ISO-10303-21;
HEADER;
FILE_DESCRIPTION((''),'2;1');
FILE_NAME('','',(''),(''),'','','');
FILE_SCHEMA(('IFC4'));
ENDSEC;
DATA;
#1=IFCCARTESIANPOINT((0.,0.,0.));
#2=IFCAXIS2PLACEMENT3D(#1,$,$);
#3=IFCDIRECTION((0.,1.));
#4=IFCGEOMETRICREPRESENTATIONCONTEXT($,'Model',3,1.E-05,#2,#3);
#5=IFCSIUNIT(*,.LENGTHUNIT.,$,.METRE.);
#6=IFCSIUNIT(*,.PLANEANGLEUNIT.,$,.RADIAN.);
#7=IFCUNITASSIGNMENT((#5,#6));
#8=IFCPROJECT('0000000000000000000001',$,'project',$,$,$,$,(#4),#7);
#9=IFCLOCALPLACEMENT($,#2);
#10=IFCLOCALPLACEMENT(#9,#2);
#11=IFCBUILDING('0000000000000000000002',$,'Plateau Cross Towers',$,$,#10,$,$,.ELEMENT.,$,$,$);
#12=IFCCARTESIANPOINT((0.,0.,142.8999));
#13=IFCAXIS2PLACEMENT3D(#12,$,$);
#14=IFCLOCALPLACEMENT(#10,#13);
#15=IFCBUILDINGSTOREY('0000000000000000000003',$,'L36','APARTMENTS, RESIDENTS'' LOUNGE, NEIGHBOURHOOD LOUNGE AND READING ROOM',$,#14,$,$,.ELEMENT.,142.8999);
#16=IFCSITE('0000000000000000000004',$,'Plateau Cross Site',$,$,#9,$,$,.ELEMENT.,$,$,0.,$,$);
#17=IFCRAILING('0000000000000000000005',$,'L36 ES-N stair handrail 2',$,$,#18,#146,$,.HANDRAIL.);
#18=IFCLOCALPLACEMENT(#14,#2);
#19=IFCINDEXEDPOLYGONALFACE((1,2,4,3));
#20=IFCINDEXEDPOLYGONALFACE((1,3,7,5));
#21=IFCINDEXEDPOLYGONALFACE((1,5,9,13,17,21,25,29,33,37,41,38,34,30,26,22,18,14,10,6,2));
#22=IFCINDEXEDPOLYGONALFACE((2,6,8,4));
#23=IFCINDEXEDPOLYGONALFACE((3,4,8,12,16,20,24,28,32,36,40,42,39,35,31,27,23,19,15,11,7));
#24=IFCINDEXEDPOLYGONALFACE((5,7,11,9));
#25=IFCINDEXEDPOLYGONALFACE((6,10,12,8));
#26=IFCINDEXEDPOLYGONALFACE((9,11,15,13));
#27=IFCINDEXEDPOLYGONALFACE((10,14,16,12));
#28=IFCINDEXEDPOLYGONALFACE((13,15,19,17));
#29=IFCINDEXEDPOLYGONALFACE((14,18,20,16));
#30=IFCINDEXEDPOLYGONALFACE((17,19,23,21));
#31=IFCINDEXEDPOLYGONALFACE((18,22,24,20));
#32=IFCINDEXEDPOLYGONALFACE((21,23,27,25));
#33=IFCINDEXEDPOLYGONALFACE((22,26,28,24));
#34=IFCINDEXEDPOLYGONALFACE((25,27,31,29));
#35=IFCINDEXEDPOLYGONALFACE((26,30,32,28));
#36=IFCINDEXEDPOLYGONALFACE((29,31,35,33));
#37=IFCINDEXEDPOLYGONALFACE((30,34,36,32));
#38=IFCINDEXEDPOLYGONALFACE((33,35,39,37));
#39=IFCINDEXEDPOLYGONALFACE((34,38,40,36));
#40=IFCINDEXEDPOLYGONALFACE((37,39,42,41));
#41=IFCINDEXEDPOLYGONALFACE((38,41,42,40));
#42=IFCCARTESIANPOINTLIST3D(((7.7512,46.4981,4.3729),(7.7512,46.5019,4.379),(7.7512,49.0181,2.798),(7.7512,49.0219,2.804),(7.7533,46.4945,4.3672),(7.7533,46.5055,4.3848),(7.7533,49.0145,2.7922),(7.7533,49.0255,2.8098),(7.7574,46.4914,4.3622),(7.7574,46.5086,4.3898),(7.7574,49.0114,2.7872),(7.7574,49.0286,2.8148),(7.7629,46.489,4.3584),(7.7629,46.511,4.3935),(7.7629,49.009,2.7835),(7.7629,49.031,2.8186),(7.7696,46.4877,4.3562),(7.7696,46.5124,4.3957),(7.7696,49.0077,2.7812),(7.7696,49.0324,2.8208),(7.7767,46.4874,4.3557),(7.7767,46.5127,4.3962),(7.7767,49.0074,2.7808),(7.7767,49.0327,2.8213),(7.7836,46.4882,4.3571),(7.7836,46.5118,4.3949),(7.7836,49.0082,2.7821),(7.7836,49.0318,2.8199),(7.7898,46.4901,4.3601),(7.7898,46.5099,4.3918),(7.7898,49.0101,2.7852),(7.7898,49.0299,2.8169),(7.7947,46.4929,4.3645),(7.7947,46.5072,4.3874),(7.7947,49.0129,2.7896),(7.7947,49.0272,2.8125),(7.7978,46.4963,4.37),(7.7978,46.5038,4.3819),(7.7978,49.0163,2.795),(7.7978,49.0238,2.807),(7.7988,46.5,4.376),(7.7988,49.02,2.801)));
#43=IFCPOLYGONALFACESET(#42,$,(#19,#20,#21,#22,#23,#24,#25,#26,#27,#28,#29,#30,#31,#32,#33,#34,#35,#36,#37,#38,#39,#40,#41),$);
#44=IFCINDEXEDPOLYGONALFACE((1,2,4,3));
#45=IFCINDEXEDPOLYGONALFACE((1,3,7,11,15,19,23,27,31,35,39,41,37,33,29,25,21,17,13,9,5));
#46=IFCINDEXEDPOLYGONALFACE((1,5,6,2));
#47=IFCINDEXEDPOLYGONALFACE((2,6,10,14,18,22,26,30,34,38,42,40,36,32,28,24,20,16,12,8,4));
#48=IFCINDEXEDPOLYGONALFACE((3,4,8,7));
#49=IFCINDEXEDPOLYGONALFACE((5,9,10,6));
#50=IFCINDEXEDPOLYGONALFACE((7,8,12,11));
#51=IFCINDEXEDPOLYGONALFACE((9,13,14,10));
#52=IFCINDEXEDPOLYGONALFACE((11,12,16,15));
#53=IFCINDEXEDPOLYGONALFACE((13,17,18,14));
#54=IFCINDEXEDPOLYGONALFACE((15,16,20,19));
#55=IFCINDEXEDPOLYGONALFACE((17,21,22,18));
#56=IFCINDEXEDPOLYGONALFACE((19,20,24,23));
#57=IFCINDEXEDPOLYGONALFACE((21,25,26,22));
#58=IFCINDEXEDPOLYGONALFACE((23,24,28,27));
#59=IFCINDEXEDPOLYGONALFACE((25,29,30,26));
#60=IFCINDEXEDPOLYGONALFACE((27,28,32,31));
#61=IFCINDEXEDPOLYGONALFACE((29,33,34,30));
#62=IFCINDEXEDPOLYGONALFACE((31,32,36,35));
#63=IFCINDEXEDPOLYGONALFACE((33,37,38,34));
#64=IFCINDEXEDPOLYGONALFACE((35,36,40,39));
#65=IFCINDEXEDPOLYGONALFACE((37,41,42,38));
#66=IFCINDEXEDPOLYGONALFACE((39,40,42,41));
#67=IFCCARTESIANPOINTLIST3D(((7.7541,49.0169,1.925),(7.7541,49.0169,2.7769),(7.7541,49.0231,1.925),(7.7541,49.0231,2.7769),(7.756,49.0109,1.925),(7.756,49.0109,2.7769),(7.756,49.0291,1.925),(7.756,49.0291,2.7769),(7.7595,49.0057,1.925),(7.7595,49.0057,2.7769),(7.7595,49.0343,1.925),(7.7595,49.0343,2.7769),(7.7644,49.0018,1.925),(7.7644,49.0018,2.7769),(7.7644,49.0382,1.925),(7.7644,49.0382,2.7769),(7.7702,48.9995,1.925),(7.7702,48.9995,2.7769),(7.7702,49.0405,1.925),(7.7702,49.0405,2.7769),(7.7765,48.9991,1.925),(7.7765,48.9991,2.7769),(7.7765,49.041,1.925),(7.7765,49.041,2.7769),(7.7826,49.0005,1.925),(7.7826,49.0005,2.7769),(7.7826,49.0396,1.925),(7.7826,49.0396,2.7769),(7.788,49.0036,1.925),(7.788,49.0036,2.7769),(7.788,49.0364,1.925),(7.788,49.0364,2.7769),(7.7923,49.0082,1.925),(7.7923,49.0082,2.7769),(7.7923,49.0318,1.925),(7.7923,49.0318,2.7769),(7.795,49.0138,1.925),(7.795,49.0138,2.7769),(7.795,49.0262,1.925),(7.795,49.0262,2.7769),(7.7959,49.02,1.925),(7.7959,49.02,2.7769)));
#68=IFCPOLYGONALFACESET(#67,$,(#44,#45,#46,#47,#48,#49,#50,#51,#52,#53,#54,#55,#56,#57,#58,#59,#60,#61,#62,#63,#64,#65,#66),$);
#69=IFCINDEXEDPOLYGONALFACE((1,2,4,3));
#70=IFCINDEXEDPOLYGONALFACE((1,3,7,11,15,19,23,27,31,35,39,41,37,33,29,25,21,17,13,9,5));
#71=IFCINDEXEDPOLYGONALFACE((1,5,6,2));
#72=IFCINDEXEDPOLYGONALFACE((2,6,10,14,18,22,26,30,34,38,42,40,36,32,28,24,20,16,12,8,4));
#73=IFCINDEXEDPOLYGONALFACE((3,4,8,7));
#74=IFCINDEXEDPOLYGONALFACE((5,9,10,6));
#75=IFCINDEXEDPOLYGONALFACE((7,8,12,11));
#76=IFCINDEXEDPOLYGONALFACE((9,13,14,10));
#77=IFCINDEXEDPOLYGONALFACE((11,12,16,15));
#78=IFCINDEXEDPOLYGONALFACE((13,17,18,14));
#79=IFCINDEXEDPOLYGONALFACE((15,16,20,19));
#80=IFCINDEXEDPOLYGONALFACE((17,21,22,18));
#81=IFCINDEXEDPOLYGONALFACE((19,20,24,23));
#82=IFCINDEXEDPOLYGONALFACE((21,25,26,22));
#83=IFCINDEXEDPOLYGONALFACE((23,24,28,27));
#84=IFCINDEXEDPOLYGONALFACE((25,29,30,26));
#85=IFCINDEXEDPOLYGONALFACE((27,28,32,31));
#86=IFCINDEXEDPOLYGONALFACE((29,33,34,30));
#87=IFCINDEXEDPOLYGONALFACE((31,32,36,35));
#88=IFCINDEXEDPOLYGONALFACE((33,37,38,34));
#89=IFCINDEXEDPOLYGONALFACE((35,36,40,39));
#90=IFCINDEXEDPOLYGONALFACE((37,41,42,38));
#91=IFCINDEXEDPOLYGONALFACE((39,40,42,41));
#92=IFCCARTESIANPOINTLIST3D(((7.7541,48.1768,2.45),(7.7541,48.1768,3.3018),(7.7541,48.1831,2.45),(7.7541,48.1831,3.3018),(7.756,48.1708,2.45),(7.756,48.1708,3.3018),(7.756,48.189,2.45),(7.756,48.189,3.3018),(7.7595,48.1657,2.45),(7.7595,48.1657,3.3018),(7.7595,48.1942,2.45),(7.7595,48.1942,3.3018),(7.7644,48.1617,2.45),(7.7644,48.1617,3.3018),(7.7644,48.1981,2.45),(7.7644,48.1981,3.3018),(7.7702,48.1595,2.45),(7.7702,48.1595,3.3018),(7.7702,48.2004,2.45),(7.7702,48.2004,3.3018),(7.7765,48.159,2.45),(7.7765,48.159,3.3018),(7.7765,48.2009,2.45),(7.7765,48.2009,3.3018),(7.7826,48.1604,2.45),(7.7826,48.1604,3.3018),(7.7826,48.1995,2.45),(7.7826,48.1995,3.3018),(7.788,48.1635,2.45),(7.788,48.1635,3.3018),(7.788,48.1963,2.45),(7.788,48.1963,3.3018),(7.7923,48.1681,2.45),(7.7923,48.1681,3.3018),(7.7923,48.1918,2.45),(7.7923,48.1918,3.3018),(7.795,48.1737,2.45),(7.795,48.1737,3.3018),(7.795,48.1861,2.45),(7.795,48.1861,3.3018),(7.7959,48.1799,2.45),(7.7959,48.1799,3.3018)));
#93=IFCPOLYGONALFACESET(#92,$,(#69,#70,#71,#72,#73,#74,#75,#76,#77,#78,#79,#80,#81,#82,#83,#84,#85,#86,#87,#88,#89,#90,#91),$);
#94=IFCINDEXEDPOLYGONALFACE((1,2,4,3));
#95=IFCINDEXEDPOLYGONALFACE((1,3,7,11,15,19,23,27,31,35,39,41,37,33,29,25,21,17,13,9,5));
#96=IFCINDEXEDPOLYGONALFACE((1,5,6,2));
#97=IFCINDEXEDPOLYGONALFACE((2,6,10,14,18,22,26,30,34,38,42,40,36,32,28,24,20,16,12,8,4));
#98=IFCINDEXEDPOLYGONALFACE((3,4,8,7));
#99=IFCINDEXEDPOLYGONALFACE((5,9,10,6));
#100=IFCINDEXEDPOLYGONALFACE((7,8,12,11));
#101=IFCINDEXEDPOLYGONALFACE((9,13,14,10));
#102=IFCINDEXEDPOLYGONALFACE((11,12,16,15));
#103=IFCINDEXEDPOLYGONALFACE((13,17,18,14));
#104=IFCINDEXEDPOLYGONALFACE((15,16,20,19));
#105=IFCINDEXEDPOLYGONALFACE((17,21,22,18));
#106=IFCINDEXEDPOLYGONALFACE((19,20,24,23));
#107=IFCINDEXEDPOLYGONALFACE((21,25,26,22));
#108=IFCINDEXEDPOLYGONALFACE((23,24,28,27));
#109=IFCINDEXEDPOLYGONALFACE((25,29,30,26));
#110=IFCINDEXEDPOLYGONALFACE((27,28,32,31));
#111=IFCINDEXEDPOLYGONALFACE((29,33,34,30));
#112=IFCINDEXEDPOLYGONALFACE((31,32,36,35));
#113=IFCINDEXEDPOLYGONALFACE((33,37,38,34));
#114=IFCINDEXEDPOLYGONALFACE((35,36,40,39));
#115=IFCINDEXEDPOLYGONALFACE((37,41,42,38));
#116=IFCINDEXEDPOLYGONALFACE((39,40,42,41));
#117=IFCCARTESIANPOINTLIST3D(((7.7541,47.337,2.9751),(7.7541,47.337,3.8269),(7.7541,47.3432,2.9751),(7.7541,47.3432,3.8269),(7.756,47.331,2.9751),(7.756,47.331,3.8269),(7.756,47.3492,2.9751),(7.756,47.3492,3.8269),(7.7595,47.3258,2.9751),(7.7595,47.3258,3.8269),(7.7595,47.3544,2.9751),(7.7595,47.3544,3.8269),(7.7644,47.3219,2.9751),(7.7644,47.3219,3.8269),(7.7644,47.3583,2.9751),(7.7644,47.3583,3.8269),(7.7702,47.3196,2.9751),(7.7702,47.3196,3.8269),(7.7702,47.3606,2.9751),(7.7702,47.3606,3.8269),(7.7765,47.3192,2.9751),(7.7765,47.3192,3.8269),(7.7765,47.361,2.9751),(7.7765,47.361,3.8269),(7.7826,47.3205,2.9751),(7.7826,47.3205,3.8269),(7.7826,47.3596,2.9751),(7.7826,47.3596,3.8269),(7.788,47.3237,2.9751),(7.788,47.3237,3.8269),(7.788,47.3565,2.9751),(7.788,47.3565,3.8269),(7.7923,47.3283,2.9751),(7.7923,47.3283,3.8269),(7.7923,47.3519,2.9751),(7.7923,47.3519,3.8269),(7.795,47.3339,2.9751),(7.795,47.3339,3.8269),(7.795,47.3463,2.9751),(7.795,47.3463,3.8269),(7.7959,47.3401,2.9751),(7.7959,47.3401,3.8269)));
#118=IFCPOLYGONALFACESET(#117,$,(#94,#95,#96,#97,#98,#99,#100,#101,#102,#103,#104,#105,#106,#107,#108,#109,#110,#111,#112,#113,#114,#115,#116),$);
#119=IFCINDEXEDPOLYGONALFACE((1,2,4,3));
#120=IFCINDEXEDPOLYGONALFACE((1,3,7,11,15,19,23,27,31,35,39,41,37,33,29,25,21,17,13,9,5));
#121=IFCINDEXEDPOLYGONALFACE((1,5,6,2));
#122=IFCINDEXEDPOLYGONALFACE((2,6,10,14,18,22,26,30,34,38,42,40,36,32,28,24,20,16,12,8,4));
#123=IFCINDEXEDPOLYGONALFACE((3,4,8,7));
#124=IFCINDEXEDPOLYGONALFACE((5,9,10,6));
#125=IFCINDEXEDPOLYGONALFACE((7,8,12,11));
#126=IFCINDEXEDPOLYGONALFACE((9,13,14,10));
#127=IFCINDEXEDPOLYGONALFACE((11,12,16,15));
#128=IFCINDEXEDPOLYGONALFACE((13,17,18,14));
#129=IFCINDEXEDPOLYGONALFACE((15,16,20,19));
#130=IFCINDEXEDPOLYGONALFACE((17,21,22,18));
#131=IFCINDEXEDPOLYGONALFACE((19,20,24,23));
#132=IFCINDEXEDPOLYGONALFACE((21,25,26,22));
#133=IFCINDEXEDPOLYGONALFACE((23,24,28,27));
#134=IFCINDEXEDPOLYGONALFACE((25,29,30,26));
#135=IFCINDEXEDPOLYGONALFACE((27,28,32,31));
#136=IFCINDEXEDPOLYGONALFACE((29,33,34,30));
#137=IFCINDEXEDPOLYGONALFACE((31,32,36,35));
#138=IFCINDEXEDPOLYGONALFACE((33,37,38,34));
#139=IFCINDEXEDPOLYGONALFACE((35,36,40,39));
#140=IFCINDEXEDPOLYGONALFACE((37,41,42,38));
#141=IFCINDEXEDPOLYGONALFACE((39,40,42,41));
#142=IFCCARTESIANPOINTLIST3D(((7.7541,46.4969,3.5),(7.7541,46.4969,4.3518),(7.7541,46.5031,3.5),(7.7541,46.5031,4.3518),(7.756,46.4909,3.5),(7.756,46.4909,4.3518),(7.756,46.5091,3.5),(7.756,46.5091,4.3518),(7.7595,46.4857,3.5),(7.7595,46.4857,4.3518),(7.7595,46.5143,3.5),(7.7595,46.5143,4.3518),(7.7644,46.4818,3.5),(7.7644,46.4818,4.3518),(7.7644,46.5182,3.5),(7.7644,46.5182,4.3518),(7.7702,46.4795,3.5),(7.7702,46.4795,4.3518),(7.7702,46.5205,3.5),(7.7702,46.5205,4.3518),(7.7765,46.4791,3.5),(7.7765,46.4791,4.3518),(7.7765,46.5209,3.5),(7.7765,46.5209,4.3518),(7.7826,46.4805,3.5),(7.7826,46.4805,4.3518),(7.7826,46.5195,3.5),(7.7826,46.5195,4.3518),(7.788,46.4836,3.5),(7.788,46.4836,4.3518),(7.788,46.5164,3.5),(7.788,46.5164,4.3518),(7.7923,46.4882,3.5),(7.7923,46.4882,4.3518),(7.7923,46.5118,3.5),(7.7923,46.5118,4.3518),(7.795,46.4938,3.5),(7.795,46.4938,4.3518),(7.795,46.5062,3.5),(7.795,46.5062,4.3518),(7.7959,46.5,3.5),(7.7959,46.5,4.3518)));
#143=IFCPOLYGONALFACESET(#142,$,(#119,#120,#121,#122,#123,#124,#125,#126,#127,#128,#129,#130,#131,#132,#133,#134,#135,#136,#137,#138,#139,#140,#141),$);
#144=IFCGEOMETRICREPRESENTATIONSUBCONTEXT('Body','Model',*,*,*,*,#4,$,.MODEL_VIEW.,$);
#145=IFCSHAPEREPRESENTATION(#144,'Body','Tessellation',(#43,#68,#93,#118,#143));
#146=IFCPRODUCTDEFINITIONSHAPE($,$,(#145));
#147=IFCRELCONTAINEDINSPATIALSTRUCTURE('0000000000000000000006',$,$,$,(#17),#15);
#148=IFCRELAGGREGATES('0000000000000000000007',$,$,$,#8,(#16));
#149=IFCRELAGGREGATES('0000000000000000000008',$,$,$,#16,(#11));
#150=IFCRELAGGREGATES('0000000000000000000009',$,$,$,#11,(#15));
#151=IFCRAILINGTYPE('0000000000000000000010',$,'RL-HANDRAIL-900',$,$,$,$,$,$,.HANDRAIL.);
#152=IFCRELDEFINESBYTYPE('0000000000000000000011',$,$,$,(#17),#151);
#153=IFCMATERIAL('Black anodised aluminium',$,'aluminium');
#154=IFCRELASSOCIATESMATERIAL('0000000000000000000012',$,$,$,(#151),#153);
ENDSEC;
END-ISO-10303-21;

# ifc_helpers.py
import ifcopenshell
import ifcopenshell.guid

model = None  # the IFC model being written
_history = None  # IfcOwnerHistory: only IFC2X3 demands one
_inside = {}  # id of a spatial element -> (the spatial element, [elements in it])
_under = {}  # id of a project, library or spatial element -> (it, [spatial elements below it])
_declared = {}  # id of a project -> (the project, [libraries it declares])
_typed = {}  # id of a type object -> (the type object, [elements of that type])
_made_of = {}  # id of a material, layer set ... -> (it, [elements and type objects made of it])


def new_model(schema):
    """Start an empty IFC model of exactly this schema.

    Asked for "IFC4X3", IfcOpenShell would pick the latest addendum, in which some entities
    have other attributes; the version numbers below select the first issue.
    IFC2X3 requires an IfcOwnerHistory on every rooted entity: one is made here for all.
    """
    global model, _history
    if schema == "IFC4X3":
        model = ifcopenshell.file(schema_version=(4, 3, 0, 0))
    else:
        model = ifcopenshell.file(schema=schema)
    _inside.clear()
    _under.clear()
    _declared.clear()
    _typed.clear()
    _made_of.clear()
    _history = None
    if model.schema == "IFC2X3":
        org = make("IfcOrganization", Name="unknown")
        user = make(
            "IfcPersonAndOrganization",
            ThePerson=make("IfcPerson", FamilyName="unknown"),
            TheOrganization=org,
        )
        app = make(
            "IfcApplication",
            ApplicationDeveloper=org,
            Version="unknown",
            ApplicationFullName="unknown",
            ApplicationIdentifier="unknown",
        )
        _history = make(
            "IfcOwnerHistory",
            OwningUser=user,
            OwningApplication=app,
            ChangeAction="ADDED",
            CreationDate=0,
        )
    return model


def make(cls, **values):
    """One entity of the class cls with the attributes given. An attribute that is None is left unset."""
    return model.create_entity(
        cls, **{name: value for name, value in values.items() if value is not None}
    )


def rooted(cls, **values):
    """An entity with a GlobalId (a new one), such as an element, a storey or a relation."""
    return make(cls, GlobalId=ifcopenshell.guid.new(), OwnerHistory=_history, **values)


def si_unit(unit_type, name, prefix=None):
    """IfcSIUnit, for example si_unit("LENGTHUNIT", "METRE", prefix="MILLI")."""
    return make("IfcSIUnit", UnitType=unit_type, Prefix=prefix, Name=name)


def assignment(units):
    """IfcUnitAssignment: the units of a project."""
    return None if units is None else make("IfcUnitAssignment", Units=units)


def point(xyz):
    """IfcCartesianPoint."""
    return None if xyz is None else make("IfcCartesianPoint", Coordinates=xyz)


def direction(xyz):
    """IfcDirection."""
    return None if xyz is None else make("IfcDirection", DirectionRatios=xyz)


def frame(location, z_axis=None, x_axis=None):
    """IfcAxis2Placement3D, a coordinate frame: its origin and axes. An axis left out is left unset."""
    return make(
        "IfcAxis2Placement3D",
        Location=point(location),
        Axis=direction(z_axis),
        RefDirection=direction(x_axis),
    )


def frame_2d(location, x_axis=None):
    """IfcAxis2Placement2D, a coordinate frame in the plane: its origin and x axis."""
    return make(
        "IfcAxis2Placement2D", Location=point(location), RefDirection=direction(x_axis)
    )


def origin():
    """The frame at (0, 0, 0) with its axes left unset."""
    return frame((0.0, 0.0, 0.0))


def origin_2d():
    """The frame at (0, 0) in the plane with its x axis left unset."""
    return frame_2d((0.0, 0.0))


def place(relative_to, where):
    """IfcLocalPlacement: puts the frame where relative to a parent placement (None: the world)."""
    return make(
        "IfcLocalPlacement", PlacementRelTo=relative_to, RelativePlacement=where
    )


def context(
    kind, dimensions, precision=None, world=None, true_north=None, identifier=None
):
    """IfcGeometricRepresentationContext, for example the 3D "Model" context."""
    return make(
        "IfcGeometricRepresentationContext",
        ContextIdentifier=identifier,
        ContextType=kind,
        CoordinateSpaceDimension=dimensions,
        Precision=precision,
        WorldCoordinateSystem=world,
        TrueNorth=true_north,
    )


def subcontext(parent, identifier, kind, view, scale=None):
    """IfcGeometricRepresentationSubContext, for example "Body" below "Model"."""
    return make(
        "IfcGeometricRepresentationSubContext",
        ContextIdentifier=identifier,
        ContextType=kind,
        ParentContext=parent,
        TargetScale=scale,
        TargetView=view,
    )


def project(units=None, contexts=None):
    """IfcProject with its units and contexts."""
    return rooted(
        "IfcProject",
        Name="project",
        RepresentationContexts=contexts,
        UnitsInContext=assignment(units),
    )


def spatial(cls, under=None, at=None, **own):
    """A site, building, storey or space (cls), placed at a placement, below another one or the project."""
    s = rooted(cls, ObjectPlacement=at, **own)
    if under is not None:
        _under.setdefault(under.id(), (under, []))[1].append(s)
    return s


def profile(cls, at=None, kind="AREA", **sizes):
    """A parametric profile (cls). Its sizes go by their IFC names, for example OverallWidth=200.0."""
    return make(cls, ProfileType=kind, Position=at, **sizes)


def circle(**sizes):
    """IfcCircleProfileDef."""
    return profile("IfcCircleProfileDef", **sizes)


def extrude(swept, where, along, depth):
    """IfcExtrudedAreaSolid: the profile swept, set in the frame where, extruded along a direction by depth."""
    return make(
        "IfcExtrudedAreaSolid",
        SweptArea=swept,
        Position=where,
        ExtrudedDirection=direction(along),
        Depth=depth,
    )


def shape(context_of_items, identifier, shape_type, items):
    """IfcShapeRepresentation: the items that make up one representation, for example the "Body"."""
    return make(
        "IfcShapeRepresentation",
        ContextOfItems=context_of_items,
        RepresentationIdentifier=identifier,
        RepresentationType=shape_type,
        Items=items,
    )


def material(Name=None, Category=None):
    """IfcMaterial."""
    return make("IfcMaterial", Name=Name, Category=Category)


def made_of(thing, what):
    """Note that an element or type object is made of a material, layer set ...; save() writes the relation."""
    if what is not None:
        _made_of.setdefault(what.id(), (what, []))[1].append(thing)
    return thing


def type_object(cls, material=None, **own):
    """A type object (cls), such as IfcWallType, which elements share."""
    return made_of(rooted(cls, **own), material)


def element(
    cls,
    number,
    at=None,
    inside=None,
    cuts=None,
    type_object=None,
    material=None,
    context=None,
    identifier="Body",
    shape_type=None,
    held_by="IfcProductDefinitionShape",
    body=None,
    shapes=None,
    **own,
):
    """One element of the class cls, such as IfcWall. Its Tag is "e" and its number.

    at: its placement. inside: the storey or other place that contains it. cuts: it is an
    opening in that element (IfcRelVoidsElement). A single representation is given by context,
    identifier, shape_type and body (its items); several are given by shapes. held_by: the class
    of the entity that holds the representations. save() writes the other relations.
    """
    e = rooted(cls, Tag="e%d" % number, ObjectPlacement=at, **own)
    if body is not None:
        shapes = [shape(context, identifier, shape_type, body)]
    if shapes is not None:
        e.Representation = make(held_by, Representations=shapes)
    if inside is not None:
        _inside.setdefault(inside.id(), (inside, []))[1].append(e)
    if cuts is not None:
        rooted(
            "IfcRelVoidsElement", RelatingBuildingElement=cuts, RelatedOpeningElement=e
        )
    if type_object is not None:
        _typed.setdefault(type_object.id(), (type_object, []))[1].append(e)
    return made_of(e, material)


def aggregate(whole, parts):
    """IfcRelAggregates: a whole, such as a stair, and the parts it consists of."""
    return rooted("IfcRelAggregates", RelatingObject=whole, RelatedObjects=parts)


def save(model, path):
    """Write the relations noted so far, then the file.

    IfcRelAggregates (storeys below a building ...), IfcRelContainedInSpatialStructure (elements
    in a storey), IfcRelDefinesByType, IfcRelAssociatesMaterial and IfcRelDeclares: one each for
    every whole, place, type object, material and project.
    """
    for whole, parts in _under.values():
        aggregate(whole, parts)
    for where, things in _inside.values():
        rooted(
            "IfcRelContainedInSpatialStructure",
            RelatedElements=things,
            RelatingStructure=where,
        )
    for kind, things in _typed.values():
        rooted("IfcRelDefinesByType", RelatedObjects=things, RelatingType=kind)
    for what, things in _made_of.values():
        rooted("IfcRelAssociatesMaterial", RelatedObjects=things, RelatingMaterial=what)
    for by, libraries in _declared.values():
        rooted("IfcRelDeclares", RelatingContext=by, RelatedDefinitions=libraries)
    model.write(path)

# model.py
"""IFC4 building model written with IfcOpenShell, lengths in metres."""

from ifc_helpers import new_model, si_unit, direction, frame, origin, origin_2d, place, context, subcontext, project, spatial, circle, extrude, material, type_object, element, save


model = new_model("IFC4")

# Units and contexts
model_context = context("Model", 3, precision=1e-05, world=origin(), true_north=direction((0.0, 1.0)))
body_context = subcontext(model_context, "Body", "Model", "MODEL_VIEW")
ifc_project = project(units=[si_unit("LENGTHUNIT", "METRE"), si_unit("PLANEANGLEUNIT", "RADIAN")], contexts=[model_context])

# Site, building, storey
site_placement = place(None, origin())
site = spatial("IfcSite", under=ifc_project, at=site_placement, Name="Plateau Cross Site", CompositionType="ELEMENT", RefElevation=0.0)
building_placement = place(site_placement, origin())
building = spatial("IfcBuilding", under=site, at=building_placement, Name="Plateau Cross Towers", CompositionType="ELEMENT")
storey_placement = place(building_placement, frame((0.0, 0.0, 142.8999)))
storey = spatial("IfcBuildingStorey", under=building, at=storey_placement, Name="L36", Description="APARTMENTS, RESIDENTS' LOUNGE, NEIGHBOURHOOD LOUNGE AND READING ROOM", CompositionType="ELEMENT", Elevation=142.8999)

# Shared definitions
ifc_material_1 = material(Name="Black anodised aluminium", Category="aluminium")

# Railing
railing_type_1 = type_object("IfcRailingType", Name="RL-HANDRAIL-900", PredefinedType="HANDRAIL", material=ifc_material_1)
railing_1_placement = place(storey_placement, frame((7.7749, 49.02, 1.925)))
element("IfcRailing", 1, at=railing_1_placement, inside=storey, type_object=railing_type_1, Name="L36 ES-N stair handrail 2", PredefinedType="HANDRAIL", context=body_context, shape_type="SweptSolid", body=[
    extrude(circle(Radius=0.0239, at=origin_2d()), frame((0.0, 0.0, 0.876), z_axis=(0.0, -0.848008, 0.529984), x_axis=(1.0, 0.0, 0.0)), (0.0, 0.0, 1.0), 2.9717),
    extrude(circle(Radius=0.021, at=origin_2d()), origin(), (0.0, 0.0, 1.0), 0.8518),
    extrude(circle(Radius=0.021, at=origin_2d()), frame((0.0, -0.8401, 0.5249)), (0.0, 0.0, 1.0), 0.8518),
    extrude(circle(Radius=0.021, at=origin_2d()), frame((0.0, -1.6799, 1.05)), (0.0, 0.0, 1.0), 0.8518),
    extrude(circle(Radius=0.021, at=origin_2d()), frame((0.0, -2.52, 1.575)), (0.0, 0.0, 1.0), 0.8518),
])

save(model, "model.ifc")
